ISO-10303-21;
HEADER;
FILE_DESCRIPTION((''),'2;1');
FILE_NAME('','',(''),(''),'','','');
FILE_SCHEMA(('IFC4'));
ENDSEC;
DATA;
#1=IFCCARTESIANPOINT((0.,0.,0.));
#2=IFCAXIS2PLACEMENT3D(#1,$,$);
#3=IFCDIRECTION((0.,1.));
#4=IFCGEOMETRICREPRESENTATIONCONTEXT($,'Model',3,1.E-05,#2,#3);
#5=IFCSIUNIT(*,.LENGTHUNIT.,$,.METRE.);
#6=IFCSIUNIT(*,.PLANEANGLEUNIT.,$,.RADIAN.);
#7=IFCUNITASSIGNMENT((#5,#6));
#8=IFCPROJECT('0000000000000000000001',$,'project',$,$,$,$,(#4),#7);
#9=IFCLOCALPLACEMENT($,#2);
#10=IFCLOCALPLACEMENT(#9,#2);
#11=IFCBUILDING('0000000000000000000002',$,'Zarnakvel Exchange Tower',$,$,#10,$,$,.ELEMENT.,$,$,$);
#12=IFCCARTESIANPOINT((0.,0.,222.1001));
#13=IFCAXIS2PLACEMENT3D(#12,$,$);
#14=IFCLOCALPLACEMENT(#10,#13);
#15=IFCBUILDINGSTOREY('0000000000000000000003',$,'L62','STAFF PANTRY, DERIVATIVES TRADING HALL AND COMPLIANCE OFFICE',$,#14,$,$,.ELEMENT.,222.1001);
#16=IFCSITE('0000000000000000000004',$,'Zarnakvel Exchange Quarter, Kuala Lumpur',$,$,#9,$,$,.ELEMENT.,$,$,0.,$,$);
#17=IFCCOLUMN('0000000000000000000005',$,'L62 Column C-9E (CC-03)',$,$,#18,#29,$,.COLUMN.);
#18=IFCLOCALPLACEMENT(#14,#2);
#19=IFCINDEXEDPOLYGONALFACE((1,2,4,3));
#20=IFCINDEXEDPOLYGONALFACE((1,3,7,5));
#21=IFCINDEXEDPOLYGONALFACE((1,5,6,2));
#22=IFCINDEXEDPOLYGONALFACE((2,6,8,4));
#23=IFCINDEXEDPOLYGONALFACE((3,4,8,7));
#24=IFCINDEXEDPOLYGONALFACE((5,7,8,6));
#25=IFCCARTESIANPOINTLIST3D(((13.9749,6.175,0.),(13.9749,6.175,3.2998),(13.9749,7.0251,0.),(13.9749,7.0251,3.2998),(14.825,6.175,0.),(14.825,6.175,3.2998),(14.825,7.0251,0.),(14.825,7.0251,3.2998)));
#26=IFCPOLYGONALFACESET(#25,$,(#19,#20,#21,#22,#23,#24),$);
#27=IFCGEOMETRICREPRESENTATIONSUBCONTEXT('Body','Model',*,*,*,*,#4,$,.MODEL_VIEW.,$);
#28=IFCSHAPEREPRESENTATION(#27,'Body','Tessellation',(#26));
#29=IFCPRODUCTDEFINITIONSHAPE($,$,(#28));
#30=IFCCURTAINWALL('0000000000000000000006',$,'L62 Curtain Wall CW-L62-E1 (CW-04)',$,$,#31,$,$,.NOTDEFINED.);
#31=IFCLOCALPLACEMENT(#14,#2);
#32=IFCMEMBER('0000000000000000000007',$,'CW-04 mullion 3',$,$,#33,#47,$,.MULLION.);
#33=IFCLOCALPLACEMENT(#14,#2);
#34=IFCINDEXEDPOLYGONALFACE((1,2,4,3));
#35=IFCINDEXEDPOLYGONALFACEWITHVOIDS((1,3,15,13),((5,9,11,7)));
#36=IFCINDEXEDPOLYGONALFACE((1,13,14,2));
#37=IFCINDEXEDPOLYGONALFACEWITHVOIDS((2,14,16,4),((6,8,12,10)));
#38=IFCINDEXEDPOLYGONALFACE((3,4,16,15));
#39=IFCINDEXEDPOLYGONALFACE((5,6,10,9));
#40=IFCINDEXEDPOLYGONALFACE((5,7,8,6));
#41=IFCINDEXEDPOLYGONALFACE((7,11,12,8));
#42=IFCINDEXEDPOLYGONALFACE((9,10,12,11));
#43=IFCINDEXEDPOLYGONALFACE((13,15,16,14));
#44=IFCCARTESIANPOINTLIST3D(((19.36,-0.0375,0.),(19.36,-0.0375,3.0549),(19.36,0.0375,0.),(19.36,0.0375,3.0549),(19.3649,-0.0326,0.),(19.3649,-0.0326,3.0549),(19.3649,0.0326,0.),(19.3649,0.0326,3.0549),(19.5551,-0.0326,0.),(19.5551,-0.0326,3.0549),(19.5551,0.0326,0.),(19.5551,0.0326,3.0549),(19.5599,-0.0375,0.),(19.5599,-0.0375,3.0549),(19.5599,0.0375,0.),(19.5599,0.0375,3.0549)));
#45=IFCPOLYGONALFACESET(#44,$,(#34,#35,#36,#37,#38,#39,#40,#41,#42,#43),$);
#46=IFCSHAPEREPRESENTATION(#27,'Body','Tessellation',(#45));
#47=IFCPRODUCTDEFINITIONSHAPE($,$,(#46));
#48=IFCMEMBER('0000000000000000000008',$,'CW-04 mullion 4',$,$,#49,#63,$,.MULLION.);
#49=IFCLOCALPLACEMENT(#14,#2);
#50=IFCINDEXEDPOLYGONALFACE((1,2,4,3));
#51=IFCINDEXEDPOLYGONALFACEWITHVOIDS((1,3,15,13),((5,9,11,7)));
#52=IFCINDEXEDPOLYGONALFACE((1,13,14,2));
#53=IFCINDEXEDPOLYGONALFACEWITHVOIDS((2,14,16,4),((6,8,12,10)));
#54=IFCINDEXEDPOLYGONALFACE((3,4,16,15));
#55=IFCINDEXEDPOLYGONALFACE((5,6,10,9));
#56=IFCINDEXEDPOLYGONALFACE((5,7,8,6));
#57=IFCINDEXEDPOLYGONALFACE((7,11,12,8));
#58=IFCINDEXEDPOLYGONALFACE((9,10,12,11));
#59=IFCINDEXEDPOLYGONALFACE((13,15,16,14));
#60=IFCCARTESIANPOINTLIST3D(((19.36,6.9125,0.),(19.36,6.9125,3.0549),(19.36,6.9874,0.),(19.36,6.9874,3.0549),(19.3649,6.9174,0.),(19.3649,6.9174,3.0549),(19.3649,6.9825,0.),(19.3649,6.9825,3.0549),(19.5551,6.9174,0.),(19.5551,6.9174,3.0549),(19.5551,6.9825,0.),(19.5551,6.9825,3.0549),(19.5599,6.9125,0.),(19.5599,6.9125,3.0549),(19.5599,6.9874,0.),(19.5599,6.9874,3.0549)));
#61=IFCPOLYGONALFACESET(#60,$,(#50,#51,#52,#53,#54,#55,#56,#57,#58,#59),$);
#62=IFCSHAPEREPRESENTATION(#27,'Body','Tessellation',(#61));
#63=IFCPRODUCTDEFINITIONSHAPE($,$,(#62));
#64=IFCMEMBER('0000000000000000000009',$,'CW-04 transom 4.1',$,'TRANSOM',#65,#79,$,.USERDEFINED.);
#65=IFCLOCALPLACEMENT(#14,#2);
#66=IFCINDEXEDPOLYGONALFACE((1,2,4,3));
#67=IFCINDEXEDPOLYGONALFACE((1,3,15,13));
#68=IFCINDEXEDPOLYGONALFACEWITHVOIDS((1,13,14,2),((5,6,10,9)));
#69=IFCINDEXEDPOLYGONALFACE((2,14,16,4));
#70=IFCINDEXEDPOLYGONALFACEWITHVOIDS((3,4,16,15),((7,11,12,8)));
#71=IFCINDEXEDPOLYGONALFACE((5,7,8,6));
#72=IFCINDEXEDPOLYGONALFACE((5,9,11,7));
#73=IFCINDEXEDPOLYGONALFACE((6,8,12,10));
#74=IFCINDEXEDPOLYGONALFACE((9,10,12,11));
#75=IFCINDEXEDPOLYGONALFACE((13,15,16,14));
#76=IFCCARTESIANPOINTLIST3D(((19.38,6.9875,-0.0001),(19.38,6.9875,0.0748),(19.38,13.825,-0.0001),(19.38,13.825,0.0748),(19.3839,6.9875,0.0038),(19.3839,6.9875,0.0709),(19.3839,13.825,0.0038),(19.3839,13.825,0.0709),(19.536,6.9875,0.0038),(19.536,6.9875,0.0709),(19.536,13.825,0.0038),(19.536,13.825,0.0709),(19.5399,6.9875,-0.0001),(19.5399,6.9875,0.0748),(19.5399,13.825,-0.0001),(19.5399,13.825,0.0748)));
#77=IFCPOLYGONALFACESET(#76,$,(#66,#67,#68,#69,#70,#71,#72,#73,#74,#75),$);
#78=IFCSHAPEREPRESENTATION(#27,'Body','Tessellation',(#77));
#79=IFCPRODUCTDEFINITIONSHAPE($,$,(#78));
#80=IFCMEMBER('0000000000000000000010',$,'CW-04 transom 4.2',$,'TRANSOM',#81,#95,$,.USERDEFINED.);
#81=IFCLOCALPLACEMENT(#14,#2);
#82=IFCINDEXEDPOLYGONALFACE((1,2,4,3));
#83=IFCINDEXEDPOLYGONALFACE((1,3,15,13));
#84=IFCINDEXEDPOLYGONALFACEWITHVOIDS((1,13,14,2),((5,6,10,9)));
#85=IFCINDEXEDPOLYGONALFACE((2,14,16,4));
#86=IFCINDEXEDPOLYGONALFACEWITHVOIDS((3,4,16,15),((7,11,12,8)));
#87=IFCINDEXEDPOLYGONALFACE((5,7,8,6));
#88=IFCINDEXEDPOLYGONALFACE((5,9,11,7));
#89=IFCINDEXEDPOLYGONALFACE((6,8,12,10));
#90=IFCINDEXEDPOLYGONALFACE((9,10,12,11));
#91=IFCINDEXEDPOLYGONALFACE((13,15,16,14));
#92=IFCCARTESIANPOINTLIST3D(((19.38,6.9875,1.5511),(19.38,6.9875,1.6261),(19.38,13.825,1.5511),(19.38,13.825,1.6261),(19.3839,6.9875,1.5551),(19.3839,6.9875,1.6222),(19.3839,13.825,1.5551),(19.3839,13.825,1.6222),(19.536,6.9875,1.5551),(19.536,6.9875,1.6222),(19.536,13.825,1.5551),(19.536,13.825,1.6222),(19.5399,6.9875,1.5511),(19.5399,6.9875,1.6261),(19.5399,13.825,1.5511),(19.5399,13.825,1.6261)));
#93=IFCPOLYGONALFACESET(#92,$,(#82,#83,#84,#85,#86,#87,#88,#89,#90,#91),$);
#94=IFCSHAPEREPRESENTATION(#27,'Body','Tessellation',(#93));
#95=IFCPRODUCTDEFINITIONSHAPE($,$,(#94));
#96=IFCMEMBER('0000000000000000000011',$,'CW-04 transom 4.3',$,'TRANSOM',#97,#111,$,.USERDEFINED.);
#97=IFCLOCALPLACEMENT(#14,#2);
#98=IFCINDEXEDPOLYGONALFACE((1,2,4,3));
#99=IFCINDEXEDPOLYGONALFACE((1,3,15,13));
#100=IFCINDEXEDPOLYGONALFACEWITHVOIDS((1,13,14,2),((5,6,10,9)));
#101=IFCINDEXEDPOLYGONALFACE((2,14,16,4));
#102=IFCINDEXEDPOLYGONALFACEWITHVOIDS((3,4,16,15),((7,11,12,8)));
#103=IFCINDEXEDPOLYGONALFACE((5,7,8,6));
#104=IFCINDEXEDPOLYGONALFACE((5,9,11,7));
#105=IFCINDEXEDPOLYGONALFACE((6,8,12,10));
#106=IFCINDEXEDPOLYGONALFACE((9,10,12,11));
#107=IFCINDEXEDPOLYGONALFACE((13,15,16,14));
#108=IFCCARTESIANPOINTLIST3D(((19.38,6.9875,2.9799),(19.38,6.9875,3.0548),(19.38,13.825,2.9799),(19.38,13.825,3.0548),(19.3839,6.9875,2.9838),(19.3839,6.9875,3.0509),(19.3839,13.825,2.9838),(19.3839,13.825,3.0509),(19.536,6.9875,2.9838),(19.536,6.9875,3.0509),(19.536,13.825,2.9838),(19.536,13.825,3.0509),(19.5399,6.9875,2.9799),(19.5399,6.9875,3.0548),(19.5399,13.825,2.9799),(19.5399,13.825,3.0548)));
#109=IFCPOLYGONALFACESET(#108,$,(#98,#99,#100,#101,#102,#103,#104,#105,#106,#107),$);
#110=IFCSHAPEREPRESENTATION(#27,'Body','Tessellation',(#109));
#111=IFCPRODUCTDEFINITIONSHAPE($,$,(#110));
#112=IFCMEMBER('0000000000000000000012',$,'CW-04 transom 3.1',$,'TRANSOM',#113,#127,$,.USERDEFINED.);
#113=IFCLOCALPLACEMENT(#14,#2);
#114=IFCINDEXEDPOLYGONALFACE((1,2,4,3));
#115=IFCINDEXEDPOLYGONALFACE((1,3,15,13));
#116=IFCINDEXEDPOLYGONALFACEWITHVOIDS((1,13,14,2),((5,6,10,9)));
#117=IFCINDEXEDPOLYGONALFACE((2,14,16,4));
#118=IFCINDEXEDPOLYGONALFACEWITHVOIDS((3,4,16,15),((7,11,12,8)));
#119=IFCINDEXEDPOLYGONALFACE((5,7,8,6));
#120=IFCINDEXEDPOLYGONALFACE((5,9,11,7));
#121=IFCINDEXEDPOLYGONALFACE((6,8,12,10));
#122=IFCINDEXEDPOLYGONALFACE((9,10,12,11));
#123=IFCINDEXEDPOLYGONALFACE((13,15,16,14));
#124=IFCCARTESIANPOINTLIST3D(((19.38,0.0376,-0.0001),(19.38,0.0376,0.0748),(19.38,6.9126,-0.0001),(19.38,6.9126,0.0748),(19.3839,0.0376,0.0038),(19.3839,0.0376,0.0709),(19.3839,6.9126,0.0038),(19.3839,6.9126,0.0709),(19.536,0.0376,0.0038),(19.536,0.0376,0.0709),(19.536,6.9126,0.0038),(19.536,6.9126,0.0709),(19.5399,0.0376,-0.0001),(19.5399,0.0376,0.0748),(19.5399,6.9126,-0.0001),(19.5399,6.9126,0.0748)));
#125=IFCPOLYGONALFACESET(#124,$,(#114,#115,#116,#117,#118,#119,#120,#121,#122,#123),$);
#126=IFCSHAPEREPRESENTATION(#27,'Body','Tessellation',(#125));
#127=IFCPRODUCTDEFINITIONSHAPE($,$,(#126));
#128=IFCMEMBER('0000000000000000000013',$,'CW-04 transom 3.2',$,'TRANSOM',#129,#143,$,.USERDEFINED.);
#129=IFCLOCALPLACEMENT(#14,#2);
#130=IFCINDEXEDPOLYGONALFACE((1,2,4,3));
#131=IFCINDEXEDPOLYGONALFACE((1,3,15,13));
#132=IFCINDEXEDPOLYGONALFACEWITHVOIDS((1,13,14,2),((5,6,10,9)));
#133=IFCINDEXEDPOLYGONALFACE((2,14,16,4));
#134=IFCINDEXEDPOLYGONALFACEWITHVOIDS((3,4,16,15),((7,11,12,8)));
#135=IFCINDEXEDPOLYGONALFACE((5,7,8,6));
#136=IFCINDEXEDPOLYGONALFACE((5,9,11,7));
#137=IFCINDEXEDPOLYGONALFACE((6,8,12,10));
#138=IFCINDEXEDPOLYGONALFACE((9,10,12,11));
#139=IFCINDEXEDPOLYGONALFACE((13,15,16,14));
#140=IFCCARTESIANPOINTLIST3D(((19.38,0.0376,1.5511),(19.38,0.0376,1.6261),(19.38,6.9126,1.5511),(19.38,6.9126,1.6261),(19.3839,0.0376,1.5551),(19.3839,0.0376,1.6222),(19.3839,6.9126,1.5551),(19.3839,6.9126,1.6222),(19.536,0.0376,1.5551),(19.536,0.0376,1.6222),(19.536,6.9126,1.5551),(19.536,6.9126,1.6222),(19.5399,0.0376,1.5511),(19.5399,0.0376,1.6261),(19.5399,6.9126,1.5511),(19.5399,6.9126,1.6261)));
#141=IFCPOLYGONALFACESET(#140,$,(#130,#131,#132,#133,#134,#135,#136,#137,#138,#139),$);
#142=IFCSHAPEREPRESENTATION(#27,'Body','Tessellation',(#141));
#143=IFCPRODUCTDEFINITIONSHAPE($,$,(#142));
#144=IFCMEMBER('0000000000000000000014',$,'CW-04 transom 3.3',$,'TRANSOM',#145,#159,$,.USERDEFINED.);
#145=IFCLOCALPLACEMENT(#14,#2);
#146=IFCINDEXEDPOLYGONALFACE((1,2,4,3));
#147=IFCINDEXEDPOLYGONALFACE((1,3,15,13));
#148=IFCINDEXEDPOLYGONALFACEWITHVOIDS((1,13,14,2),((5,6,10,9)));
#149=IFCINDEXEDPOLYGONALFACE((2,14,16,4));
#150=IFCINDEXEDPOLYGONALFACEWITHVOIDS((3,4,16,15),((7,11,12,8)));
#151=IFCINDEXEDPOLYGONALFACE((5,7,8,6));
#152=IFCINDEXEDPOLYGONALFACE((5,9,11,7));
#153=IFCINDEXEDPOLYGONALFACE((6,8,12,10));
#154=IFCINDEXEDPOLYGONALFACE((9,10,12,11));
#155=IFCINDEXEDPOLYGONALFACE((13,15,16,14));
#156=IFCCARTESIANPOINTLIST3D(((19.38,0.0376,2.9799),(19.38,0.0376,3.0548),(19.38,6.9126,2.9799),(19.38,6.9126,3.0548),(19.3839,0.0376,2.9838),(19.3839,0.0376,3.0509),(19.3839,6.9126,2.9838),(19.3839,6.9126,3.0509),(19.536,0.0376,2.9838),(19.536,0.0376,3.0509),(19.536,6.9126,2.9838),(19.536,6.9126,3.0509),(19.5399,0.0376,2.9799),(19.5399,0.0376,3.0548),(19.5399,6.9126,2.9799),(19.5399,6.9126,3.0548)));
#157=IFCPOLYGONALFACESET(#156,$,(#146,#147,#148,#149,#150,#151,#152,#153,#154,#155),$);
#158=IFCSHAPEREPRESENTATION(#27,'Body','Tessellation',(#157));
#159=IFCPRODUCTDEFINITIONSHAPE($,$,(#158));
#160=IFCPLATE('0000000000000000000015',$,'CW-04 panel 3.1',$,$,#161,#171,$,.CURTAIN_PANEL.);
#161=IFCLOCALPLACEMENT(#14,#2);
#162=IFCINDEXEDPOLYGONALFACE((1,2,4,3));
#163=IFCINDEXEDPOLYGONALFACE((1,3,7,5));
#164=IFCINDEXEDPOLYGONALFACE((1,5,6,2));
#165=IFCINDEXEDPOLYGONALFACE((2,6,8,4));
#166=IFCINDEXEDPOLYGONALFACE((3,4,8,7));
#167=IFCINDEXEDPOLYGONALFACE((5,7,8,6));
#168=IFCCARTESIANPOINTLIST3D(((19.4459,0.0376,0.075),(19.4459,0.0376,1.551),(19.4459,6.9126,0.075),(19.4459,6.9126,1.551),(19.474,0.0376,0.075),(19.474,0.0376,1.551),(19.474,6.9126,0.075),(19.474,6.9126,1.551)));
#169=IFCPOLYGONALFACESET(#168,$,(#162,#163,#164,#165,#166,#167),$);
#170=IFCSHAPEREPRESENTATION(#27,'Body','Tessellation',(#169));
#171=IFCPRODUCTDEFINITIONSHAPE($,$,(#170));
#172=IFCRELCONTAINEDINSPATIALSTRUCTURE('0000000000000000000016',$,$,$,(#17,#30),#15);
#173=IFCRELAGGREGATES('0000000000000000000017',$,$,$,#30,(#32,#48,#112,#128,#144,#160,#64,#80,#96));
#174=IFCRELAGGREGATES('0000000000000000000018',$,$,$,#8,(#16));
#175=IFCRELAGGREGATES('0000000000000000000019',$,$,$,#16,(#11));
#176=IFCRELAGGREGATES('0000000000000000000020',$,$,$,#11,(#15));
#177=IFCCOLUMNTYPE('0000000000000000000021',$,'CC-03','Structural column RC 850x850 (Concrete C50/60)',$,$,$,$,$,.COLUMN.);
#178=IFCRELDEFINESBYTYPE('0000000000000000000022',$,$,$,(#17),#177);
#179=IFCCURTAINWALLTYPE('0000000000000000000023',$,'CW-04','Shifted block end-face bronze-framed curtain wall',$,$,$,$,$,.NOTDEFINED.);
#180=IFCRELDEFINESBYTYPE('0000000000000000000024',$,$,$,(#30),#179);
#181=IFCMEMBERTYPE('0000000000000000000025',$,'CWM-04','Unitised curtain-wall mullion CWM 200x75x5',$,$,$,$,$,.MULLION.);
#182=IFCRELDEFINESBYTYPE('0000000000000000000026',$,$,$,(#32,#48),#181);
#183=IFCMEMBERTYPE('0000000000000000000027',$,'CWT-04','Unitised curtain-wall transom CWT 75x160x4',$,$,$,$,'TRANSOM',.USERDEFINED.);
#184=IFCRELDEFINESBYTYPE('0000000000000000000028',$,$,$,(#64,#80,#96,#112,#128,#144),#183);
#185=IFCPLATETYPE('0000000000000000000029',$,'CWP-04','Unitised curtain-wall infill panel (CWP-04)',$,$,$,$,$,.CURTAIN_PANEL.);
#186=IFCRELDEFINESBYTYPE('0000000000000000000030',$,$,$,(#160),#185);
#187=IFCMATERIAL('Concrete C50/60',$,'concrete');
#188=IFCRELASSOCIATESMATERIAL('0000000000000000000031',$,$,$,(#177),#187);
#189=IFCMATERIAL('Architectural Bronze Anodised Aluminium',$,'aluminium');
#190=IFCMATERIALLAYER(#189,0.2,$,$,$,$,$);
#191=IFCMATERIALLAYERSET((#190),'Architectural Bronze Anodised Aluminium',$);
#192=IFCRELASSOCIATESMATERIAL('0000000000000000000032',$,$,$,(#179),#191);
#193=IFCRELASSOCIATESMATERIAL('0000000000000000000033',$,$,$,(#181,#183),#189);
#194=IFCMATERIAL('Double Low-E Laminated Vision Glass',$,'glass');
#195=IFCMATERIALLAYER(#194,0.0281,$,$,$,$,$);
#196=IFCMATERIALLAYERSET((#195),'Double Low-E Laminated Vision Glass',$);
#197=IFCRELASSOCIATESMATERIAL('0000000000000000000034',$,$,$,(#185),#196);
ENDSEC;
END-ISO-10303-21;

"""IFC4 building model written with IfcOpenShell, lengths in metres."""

from ifc_helpers import new_model, si_unit, direction, frame, origin, origin_2d, place, context, subcontext, project, spatial, rectangle, hollow_rectangle, extrude, source, transform, mapped, material, layer, layer_set, material_profile, profile_set, type_object, element, aggregate, save


model = new_model("IFC4")

# Units and contexts
model_context = context("Model", 3, precision=1e-05, world=origin(), true_north=direction((0.0, 1.0)))
body_context = subcontext(model_context, "Body", "Model", "MODEL_VIEW")
ifc_project = project(units=[si_unit("LENGTHUNIT", "METRE"), si_unit("PLANEANGLEUNIT", "RADIAN")], contexts=[model_context])

# Site, building, storey
site_placement = place(None, origin())
site = spatial("IfcSite", under=ifc_project, at=site_placement, Name="Zarnakvel Exchange Quarter, Kuala Lumpur", CompositionType="ELEMENT", RefElevation=0.0)
building_placement = place(site_placement, origin())
building = spatial("IfcBuilding", under=site, at=building_placement, Name="Zarnakvel Exchange Tower", CompositionType="ELEMENT")
storey_placement = place(building_placement, frame((0.0, 0.0, 222.1001)))
storey = spatial("IfcBuildingStorey", under=building, at=storey_placement, Name="L62", Description="STAFF PANTRY, DERIVATIVES TRADING HALL AND COMPLIANCE OFFICE", CompositionType="ELEMENT", Elevation=222.1001)

# Column
ifc_material_1 = material(Name="Concrete C50/60", Category="concrete")
ifc_material_profile_1 = material_profile(ifc_material_1, rectangle(XDim=0.8501, YDim=0.8501, at=origin_2d()))
ifc_profile_set_1 = profile_set([ifc_material_profile_1], Name="Concrete C50/60")
column_type = type_object("IfcColumnType", Name="CC-03", Description="Structural column RC 850x850 (Concrete C50/60)", PredefinedType="COLUMN", material=ifc_profile_set_1)
column_placement = place(storey_placement, frame((14.3999, 6.6001, 0.0), z_axis=(0.0, 0.0, 1.0), x_axis=(1.0, 0.0, 0.0)))
element("IfcColumn", 1, at=column_placement, inside=storey, type_object=column_type, Name="L62 Column C-9E (CC-03)", PredefinedType="COLUMN", context=body_context, shape_type="SweptSolid", body=[
    extrude(rectangle(XDim=0.8501, YDim=0.8501, at=origin_2d()), origin(), (0.0, 0.0, 1.0), 3.2998),
])

# Curtain wall, members, plate
ifc_material_2 = material(Name="Architectural Bronze Anodised Aluminium", Category="aluminium")
ifc_layer_1 = layer(ifc_material_2, 0.2)
ifc_layer_set_1 = layer_set([ifc_layer_1], Name="Architectural Bronze Anodised Aluminium")
curtain_wall_type = type_object("IfcCurtainWallType", Name="CW-04", Description="Shifted block end-face bronze-framed curtain wall", PredefinedType="NOTDEFINED", material=ifc_layer_set_1)
curtain_wall_placement = place(storey_placement, origin())
curtain_wall = element("IfcCurtainWall", 2, at=curtain_wall_placement, inside=storey, type_object=curtain_wall_type, Name="L62 Curtain Wall CW-L62-E1 (CW-04)", PredefinedType="NOTDEFINED")
ifc_material_profile_2 = material_profile(ifc_material_2, hollow_rectangle(XDim=0.2, YDim=0.075, WallThickness=0.0049, at=origin_2d()))
ifc_profile_set_2 = profile_set([ifc_material_profile_2], Name="Architectural Bronze Anodised Aluminium")
member_type_1 = type_object("IfcMemberType", Name="CWM-04", Description="Unitised curtain-wall mullion CWM 200x75x5", PredefinedType="MULLION", material=ifc_profile_set_2)
shared_shape_1 = source(origin(), body_context, "Body", "SweptSolid", [
    extrude(hollow_rectangle(XDim=0.2, YDim=0.075, WallThickness=0.0049, at=origin_2d()), origin(), (0.0, 0.0, 1.0), 3.0549),
])
member_1_placement = place(storey_placement, frame((19.46, 0.0, 0.0), z_axis=(0.0, 0.0, 1.0), x_axis=(-1.0, 0.0, 0.0)))
member_1 = element("IfcMember", 3, at=member_1_placement, type_object=member_type_1, Name="CW-04 mullion 3", PredefinedType="MULLION", context=body_context, shape_type="MappedRepresentation", body=[
    mapped(shared_shape_1, transform((0.0, 0.0, 0.0), x_axis=(1.0, 0.0, 0.0), y_axis=(0.0, 1.0, 0.0), z_axis=(0.0, 0.0, 1.0), scale=1.0)),
])
member_2_placement = place(storey_placement, frame((19.46, 6.95, 0.0), z_axis=(0.0, 0.0, 1.0), x_axis=(-1.0, 0.0, 0.0)))
member_2 = element("IfcMember", 4, at=member_2_placement, type_object=member_type_1, Name="CW-04 mullion 4", PredefinedType="MULLION", context=body_context, shape_type="MappedRepresentation", body=[
    mapped(shared_shape_1, transform((0.0, 0.0, 0.0), x_axis=(1.0, 0.0, 0.0), y_axis=(0.0, 1.0, 0.0), z_axis=(0.0, 0.0, 1.0), scale=1.0)),
])
ifc_material_profile_3 = material_profile(ifc_material_2, hollow_rectangle(XDim=0.1599, YDim=0.075, WallThickness=0.0039, at=origin_2d()))
ifc_profile_set_3 = profile_set([ifc_material_profile_3], Name="Architectural Bronze Anodised Aluminium")
member_type_2 = type_object("IfcMemberType", Name="CWT-04", Description="Unitised curtain-wall transom CWT 75x160x4", ElementType="TRANSOM", PredefinedType="USERDEFINED", material=ifc_profile_set_3)
shared_shape_2 = source(origin(), body_context, "Body", "SweptSolid", [
    extrude(hollow_rectangle(XDim=0.1599, YDim=0.075, WallThickness=0.0039, at=origin_2d()), origin(), (0.0, 0.0, 1.0), 6.8374),
])
member_3_placement = place(storey_placement, frame((19.46, 6.9875, 0.0374), z_axis=(0.0, 1.0, 0.0), x_axis=(-1.0, 0.0, 0.0)))
member_3 = element("IfcMember", 5, at=member_3_placement, type_object=member_type_2, Name="CW-04 transom 4.1", ObjectType="TRANSOM", PredefinedType="USERDEFINED", context=body_context, shape_type="MappedRepresentation", body=[
    mapped(shared_shape_2, transform((0.0, 0.0, 0.0), x_axis=(1.0, 0.0, 0.0), y_axis=(0.0, 1.0, 0.0), z_axis=(0.0, 0.0, 1.0), scale=1.0)),
])
member_4_placement = place(storey_placement, frame((19.46, 6.9875, 1.5886), z_axis=(0.0, 1.0, 0.0), x_axis=(-1.0, 0.0, 0.0)))
member_4 = element("IfcMember", 6, at=member_4_placement, type_object=member_type_2, Name="CW-04 transom 4.2", ObjectType="TRANSOM", PredefinedType="USERDEFINED", context=body_context, shape_type="MappedRepresentation", body=[
    mapped(shared_shape_2, transform((0.0, 0.0, 0.0), x_axis=(1.0, 0.0, 0.0), y_axis=(0.0, 1.0, 0.0), z_axis=(0.0, 0.0, 1.0), scale=1.0)),
])
member_5_placement = place(storey_placement, frame((19.46, 6.9875, 3.0173), z_axis=(0.0, 1.0, 0.0), x_axis=(-1.0, 0.0, 0.0)))
member_5 = element("IfcMember", 7, at=member_5_placement, type_object=member_type_2, Name="CW-04 transom 4.3", ObjectType="TRANSOM", PredefinedType="USERDEFINED", context=body_context, shape_type="MappedRepresentation", body=[
    mapped(shared_shape_2, transform((0.0, 0.0, 0.0), x_axis=(1.0, 0.0, 0.0), y_axis=(0.0, 1.0, 0.0), z_axis=(0.0, 0.0, 1.0), scale=1.0)),
])
shared_shape_3 = source(origin(), body_context, "Body", "SweptSolid", [
    extrude(hollow_rectangle(XDim=0.1599, YDim=0.075, WallThickness=0.0039, at=origin_2d()), origin(), (0.0, 0.0, 1.0), 6.875),
])
member_6_placement = place(storey_placement, frame((19.46, 0.0376, 0.0374), z_axis=(0.0, 1.0, 0.0), x_axis=(-1.0, 0.0, 0.0)))
member_6 = element("IfcMember", 8, at=member_6_placement, type_object=member_type_2, Name="CW-04 transom 3.1", ObjectType="TRANSOM", PredefinedType="USERDEFINED", context=body_context, shape_type="MappedRepresentation", body=[
    mapped(shared_shape_3, transform((0.0, 0.0, 0.0), x_axis=(1.0, 0.0, 0.0), y_axis=(0.0, 1.0, 0.0), z_axis=(0.0, 0.0, 1.0), scale=1.0)),
])
member_7_placement = place(storey_placement, frame((19.46, 0.0376, 1.5886), z_axis=(0.0, 1.0, 0.0), x_axis=(-1.0, 0.0, 0.0)))
member_7 = element("IfcMember", 9, at=member_7_placement, type_object=member_type_2, Name="CW-04 transom 3.2", ObjectType="TRANSOM", PredefinedType="USERDEFINED", context=body_context, shape_type="MappedRepresentation", body=[
    mapped(shared_shape_3, transform((0.0, 0.0, 0.0), x_axis=(1.0, 0.0, 0.0), y_axis=(0.0, 1.0, 0.0), z_axis=(0.0, 0.0, 1.0), scale=1.0)),
])
member_8_placement = place(storey_placement, frame((19.46, 0.0376, 3.0173), z_axis=(0.0, 1.0, 0.0), x_axis=(-1.0, 0.0, 0.0)))
member_8 = element("IfcMember", 10, at=member_8_placement, type_object=member_type_2, Name="CW-04 transom 3.3", ObjectType="TRANSOM", PredefinedType="USERDEFINED", context=body_context, shape_type="MappedRepresentation", body=[
    mapped(shared_shape_3, transform((0.0, 0.0, 0.0), x_axis=(1.0, 0.0, 0.0), y_axis=(0.0, 1.0, 0.0), z_axis=(0.0, 0.0, 1.0), scale=1.0)),
])
ifc_material_3 = material(Name="Double Low-E Laminated Vision Glass", Category="glass")
ifc_layer_2 = layer(ifc_material_3, 0.0281)
ifc_layer_set_2 = layer_set([ifc_layer_2], Name="Double Low-E Laminated Vision Glass")
plate_type = type_object("IfcPlateType", Name="CWP-04", Description="Unitised curtain-wall infill panel (CWP-04)", PredefinedType="CURTAIN_PANEL", material=ifc_layer_set_2)
shared_shape_4 = source(origin(), body_context, "Body", "SweptSolid", [
    extrude(rectangle(XDim=6.875, YDim=0.0281, at=origin_2d()), origin(), (0.0, 0.0, 1.0), 1.4761),
])
plate_1_placement = place(storey_placement, frame((19.46, 3.4751, 0.075), z_axis=(0.0, 0.0, 1.0), x_axis=(0.0, 1.0, 0.0)))
plate_1 = element("IfcPlate", 11, at=plate_1_placement, type_object=plate_type, Name="CW-04 panel 3.1", PredefinedType="CURTAIN_PANEL", context=body_context, shape_type="MappedRepresentation", body=[
    mapped(shared_shape_4, transform((0.0, 0.0, 0.0), x_axis=(1.0, 0.0, 0.0), y_axis=(0.0, 1.0, 0.0), z_axis=(0.0, 0.0, 1.0), scale=1.0)),
])
aggregate(curtain_wall, [member_1, member_2, member_6, member_7, member_8, plate_1, member_3, member_4, member_5])

save(model, "model.ifc")
